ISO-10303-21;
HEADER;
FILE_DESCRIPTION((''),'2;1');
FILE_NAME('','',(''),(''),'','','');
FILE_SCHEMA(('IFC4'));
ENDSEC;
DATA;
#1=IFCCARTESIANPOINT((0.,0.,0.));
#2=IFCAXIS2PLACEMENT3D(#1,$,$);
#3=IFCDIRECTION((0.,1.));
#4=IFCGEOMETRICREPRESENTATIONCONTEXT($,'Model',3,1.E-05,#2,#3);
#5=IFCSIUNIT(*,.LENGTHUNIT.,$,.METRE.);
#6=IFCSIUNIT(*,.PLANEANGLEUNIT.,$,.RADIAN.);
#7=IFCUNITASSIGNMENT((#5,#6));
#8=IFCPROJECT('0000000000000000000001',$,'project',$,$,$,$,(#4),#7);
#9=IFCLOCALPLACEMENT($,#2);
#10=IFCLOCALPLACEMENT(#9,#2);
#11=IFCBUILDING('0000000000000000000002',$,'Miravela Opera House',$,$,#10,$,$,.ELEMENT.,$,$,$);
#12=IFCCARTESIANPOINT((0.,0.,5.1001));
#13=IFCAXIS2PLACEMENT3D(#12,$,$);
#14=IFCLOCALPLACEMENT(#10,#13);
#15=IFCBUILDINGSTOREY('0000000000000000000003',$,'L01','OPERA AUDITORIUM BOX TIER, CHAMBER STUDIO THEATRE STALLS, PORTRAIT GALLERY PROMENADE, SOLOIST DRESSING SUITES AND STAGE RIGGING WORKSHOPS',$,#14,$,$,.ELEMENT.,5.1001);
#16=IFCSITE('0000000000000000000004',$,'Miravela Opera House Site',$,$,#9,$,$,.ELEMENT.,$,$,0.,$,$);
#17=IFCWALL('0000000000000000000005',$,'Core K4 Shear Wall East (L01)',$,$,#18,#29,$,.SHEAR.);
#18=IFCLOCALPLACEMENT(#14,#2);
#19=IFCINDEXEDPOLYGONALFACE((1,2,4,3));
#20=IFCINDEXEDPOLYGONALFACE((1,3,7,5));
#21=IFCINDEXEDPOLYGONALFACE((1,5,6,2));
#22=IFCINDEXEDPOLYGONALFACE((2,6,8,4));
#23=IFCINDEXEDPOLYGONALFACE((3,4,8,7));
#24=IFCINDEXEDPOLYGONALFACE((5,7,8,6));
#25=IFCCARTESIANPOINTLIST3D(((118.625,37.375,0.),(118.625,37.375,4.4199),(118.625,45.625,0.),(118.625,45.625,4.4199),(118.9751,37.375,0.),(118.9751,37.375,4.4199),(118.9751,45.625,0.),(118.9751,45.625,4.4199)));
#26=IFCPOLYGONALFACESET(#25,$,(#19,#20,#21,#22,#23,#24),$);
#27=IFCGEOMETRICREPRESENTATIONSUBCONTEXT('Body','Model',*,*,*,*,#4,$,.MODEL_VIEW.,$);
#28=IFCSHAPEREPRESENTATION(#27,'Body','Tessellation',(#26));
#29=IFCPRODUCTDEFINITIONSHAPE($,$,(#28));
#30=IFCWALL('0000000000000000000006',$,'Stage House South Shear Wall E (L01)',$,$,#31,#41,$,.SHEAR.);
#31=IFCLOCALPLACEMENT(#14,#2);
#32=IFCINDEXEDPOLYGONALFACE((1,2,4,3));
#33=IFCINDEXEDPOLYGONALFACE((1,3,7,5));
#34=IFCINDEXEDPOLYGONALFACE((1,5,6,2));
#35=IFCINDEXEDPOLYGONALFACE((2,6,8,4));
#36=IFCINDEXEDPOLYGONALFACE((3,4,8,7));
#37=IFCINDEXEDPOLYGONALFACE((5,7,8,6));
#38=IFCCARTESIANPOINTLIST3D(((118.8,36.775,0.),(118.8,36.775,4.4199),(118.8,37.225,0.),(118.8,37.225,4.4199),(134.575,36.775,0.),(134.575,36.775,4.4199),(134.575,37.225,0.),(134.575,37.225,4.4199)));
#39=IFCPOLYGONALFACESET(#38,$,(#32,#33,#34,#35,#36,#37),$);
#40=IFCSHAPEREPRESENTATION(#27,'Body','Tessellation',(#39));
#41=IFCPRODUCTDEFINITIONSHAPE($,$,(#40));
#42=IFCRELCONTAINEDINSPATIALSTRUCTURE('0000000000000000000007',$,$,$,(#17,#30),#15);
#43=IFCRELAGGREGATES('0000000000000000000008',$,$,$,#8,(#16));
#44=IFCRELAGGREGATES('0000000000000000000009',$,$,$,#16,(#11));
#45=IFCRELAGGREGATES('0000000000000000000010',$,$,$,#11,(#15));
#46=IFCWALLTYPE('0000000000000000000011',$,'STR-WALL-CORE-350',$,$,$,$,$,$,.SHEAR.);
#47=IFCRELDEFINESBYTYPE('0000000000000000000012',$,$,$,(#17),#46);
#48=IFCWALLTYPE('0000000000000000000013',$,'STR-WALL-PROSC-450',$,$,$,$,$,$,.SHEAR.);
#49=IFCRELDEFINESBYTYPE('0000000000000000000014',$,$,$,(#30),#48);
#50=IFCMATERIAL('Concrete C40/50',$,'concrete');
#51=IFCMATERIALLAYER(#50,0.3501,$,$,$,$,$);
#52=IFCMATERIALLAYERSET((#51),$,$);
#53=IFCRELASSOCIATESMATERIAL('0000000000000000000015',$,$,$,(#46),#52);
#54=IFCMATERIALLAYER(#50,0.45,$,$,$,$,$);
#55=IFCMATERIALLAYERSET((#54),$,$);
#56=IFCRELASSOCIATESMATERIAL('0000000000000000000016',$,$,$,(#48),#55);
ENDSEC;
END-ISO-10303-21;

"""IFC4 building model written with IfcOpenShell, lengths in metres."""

from ifc_helpers import new_model, si_unit, direction, frame, frame_2d, origin, place, context, subcontext, project, spatial, rectangle, extrude, material, layer, layer_set, type_object, element, save


model = new_model("IFC4")

# Units and contexts
model_context = context("Model", 3, precision=1e-05, world=origin(), true_north=direction((0.0, 1.0)))
body_context = subcontext(model_context, "Body", "Model", "MODEL_VIEW")
ifc_project = project(units=[si_unit("LENGTHUNIT", "METRE"), si_unit("PLANEANGLEUNIT", "RADIAN")], contexts=[model_context])

# Site, building, storey
site_placement = place(None, origin())
site = spatial("IfcSite", under=ifc_project, at=site_placement, Name="Miravela Opera House Site", CompositionType="ELEMENT", RefElevation=0.0)
building_placement = place(site_placement, origin())
building = spatial("IfcBuilding", under=site, at=building_placement, Name="Miravela Opera House", CompositionType="ELEMENT")
storey_placement = place(building_placement, frame((0.0, 0.0, 5.1001)))
storey = spatial("IfcBuildingStorey", under=building, at=storey_placement, Name="L01", Description="OPERA AUDITORIUM BOX TIER, CHAMBER STUDIO THEATRE STALLS, PORTRAIT GALLERY PROMENADE, SOLOIST DRESSING SUITES AND STAGE RIGGING WORKSHOPS", CompositionType="ELEMENT", Elevation=5.1001)

# Shared definitions
ifc_material_1 = material(Name="Concrete C40/50", Category="concrete")

# Walls
ifc_layer_1 = layer(ifc_material_1, 0.3501)
ifc_layer_set_1 = layer_set([ifc_layer_1])
wall_type_1 = type_object("IfcWallType", Name="STR-WALL-CORE-350", PredefinedType="SHEAR", material=ifc_layer_set_1)
wall_1_placement = place(storey_placement, frame((118.8, 37.375, 0.0), z_axis=(0.0, 0.0, 1.0), x_axis=(0.0, 1.0, 0.0)))
element("IfcWall", 1, at=wall_1_placement, inside=storey, type_object=wall_type_1, Name="Core K4 Shear Wall East (L01)", PredefinedType="SHEAR", context=body_context, shape_type="SweptSolid", body=[
    extrude(rectangle(XDim=8.25, YDim=0.3501, at=frame_2d((4.125, 0.0))), origin(), (0.0, 0.0, 1.0), 4.4199),
])
ifc_layer_2 = layer(ifc_material_1, 0.45)
ifc_layer_set_2 = layer_set([ifc_layer_2])
wall_type_2 = type_object("IfcWallType", Name="STR-WALL-PROSC-450", PredefinedType="SHEAR", material=ifc_layer_set_2)
wall_2_placement = place(storey_placement, frame((118.8, 37.0, 0.0), z_axis=(0.0, 0.0, 1.0), x_axis=(1.0, 0.0, 0.0)))
element("IfcWall", 2, at=wall_2_placement, inside=storey, type_object=wall_type_2, Name="Stage House South Shear Wall E (L01)", PredefinedType="SHEAR", context=body_context, shape_type="SweptSolid", body=[
    extrude(rectangle(XDim=15.7749, YDim=0.45, at=frame_2d((7.8875, 0.0))), origin(), (0.0, 0.0, 1.0), 4.4199),
])

save(model, "model.ifc")
